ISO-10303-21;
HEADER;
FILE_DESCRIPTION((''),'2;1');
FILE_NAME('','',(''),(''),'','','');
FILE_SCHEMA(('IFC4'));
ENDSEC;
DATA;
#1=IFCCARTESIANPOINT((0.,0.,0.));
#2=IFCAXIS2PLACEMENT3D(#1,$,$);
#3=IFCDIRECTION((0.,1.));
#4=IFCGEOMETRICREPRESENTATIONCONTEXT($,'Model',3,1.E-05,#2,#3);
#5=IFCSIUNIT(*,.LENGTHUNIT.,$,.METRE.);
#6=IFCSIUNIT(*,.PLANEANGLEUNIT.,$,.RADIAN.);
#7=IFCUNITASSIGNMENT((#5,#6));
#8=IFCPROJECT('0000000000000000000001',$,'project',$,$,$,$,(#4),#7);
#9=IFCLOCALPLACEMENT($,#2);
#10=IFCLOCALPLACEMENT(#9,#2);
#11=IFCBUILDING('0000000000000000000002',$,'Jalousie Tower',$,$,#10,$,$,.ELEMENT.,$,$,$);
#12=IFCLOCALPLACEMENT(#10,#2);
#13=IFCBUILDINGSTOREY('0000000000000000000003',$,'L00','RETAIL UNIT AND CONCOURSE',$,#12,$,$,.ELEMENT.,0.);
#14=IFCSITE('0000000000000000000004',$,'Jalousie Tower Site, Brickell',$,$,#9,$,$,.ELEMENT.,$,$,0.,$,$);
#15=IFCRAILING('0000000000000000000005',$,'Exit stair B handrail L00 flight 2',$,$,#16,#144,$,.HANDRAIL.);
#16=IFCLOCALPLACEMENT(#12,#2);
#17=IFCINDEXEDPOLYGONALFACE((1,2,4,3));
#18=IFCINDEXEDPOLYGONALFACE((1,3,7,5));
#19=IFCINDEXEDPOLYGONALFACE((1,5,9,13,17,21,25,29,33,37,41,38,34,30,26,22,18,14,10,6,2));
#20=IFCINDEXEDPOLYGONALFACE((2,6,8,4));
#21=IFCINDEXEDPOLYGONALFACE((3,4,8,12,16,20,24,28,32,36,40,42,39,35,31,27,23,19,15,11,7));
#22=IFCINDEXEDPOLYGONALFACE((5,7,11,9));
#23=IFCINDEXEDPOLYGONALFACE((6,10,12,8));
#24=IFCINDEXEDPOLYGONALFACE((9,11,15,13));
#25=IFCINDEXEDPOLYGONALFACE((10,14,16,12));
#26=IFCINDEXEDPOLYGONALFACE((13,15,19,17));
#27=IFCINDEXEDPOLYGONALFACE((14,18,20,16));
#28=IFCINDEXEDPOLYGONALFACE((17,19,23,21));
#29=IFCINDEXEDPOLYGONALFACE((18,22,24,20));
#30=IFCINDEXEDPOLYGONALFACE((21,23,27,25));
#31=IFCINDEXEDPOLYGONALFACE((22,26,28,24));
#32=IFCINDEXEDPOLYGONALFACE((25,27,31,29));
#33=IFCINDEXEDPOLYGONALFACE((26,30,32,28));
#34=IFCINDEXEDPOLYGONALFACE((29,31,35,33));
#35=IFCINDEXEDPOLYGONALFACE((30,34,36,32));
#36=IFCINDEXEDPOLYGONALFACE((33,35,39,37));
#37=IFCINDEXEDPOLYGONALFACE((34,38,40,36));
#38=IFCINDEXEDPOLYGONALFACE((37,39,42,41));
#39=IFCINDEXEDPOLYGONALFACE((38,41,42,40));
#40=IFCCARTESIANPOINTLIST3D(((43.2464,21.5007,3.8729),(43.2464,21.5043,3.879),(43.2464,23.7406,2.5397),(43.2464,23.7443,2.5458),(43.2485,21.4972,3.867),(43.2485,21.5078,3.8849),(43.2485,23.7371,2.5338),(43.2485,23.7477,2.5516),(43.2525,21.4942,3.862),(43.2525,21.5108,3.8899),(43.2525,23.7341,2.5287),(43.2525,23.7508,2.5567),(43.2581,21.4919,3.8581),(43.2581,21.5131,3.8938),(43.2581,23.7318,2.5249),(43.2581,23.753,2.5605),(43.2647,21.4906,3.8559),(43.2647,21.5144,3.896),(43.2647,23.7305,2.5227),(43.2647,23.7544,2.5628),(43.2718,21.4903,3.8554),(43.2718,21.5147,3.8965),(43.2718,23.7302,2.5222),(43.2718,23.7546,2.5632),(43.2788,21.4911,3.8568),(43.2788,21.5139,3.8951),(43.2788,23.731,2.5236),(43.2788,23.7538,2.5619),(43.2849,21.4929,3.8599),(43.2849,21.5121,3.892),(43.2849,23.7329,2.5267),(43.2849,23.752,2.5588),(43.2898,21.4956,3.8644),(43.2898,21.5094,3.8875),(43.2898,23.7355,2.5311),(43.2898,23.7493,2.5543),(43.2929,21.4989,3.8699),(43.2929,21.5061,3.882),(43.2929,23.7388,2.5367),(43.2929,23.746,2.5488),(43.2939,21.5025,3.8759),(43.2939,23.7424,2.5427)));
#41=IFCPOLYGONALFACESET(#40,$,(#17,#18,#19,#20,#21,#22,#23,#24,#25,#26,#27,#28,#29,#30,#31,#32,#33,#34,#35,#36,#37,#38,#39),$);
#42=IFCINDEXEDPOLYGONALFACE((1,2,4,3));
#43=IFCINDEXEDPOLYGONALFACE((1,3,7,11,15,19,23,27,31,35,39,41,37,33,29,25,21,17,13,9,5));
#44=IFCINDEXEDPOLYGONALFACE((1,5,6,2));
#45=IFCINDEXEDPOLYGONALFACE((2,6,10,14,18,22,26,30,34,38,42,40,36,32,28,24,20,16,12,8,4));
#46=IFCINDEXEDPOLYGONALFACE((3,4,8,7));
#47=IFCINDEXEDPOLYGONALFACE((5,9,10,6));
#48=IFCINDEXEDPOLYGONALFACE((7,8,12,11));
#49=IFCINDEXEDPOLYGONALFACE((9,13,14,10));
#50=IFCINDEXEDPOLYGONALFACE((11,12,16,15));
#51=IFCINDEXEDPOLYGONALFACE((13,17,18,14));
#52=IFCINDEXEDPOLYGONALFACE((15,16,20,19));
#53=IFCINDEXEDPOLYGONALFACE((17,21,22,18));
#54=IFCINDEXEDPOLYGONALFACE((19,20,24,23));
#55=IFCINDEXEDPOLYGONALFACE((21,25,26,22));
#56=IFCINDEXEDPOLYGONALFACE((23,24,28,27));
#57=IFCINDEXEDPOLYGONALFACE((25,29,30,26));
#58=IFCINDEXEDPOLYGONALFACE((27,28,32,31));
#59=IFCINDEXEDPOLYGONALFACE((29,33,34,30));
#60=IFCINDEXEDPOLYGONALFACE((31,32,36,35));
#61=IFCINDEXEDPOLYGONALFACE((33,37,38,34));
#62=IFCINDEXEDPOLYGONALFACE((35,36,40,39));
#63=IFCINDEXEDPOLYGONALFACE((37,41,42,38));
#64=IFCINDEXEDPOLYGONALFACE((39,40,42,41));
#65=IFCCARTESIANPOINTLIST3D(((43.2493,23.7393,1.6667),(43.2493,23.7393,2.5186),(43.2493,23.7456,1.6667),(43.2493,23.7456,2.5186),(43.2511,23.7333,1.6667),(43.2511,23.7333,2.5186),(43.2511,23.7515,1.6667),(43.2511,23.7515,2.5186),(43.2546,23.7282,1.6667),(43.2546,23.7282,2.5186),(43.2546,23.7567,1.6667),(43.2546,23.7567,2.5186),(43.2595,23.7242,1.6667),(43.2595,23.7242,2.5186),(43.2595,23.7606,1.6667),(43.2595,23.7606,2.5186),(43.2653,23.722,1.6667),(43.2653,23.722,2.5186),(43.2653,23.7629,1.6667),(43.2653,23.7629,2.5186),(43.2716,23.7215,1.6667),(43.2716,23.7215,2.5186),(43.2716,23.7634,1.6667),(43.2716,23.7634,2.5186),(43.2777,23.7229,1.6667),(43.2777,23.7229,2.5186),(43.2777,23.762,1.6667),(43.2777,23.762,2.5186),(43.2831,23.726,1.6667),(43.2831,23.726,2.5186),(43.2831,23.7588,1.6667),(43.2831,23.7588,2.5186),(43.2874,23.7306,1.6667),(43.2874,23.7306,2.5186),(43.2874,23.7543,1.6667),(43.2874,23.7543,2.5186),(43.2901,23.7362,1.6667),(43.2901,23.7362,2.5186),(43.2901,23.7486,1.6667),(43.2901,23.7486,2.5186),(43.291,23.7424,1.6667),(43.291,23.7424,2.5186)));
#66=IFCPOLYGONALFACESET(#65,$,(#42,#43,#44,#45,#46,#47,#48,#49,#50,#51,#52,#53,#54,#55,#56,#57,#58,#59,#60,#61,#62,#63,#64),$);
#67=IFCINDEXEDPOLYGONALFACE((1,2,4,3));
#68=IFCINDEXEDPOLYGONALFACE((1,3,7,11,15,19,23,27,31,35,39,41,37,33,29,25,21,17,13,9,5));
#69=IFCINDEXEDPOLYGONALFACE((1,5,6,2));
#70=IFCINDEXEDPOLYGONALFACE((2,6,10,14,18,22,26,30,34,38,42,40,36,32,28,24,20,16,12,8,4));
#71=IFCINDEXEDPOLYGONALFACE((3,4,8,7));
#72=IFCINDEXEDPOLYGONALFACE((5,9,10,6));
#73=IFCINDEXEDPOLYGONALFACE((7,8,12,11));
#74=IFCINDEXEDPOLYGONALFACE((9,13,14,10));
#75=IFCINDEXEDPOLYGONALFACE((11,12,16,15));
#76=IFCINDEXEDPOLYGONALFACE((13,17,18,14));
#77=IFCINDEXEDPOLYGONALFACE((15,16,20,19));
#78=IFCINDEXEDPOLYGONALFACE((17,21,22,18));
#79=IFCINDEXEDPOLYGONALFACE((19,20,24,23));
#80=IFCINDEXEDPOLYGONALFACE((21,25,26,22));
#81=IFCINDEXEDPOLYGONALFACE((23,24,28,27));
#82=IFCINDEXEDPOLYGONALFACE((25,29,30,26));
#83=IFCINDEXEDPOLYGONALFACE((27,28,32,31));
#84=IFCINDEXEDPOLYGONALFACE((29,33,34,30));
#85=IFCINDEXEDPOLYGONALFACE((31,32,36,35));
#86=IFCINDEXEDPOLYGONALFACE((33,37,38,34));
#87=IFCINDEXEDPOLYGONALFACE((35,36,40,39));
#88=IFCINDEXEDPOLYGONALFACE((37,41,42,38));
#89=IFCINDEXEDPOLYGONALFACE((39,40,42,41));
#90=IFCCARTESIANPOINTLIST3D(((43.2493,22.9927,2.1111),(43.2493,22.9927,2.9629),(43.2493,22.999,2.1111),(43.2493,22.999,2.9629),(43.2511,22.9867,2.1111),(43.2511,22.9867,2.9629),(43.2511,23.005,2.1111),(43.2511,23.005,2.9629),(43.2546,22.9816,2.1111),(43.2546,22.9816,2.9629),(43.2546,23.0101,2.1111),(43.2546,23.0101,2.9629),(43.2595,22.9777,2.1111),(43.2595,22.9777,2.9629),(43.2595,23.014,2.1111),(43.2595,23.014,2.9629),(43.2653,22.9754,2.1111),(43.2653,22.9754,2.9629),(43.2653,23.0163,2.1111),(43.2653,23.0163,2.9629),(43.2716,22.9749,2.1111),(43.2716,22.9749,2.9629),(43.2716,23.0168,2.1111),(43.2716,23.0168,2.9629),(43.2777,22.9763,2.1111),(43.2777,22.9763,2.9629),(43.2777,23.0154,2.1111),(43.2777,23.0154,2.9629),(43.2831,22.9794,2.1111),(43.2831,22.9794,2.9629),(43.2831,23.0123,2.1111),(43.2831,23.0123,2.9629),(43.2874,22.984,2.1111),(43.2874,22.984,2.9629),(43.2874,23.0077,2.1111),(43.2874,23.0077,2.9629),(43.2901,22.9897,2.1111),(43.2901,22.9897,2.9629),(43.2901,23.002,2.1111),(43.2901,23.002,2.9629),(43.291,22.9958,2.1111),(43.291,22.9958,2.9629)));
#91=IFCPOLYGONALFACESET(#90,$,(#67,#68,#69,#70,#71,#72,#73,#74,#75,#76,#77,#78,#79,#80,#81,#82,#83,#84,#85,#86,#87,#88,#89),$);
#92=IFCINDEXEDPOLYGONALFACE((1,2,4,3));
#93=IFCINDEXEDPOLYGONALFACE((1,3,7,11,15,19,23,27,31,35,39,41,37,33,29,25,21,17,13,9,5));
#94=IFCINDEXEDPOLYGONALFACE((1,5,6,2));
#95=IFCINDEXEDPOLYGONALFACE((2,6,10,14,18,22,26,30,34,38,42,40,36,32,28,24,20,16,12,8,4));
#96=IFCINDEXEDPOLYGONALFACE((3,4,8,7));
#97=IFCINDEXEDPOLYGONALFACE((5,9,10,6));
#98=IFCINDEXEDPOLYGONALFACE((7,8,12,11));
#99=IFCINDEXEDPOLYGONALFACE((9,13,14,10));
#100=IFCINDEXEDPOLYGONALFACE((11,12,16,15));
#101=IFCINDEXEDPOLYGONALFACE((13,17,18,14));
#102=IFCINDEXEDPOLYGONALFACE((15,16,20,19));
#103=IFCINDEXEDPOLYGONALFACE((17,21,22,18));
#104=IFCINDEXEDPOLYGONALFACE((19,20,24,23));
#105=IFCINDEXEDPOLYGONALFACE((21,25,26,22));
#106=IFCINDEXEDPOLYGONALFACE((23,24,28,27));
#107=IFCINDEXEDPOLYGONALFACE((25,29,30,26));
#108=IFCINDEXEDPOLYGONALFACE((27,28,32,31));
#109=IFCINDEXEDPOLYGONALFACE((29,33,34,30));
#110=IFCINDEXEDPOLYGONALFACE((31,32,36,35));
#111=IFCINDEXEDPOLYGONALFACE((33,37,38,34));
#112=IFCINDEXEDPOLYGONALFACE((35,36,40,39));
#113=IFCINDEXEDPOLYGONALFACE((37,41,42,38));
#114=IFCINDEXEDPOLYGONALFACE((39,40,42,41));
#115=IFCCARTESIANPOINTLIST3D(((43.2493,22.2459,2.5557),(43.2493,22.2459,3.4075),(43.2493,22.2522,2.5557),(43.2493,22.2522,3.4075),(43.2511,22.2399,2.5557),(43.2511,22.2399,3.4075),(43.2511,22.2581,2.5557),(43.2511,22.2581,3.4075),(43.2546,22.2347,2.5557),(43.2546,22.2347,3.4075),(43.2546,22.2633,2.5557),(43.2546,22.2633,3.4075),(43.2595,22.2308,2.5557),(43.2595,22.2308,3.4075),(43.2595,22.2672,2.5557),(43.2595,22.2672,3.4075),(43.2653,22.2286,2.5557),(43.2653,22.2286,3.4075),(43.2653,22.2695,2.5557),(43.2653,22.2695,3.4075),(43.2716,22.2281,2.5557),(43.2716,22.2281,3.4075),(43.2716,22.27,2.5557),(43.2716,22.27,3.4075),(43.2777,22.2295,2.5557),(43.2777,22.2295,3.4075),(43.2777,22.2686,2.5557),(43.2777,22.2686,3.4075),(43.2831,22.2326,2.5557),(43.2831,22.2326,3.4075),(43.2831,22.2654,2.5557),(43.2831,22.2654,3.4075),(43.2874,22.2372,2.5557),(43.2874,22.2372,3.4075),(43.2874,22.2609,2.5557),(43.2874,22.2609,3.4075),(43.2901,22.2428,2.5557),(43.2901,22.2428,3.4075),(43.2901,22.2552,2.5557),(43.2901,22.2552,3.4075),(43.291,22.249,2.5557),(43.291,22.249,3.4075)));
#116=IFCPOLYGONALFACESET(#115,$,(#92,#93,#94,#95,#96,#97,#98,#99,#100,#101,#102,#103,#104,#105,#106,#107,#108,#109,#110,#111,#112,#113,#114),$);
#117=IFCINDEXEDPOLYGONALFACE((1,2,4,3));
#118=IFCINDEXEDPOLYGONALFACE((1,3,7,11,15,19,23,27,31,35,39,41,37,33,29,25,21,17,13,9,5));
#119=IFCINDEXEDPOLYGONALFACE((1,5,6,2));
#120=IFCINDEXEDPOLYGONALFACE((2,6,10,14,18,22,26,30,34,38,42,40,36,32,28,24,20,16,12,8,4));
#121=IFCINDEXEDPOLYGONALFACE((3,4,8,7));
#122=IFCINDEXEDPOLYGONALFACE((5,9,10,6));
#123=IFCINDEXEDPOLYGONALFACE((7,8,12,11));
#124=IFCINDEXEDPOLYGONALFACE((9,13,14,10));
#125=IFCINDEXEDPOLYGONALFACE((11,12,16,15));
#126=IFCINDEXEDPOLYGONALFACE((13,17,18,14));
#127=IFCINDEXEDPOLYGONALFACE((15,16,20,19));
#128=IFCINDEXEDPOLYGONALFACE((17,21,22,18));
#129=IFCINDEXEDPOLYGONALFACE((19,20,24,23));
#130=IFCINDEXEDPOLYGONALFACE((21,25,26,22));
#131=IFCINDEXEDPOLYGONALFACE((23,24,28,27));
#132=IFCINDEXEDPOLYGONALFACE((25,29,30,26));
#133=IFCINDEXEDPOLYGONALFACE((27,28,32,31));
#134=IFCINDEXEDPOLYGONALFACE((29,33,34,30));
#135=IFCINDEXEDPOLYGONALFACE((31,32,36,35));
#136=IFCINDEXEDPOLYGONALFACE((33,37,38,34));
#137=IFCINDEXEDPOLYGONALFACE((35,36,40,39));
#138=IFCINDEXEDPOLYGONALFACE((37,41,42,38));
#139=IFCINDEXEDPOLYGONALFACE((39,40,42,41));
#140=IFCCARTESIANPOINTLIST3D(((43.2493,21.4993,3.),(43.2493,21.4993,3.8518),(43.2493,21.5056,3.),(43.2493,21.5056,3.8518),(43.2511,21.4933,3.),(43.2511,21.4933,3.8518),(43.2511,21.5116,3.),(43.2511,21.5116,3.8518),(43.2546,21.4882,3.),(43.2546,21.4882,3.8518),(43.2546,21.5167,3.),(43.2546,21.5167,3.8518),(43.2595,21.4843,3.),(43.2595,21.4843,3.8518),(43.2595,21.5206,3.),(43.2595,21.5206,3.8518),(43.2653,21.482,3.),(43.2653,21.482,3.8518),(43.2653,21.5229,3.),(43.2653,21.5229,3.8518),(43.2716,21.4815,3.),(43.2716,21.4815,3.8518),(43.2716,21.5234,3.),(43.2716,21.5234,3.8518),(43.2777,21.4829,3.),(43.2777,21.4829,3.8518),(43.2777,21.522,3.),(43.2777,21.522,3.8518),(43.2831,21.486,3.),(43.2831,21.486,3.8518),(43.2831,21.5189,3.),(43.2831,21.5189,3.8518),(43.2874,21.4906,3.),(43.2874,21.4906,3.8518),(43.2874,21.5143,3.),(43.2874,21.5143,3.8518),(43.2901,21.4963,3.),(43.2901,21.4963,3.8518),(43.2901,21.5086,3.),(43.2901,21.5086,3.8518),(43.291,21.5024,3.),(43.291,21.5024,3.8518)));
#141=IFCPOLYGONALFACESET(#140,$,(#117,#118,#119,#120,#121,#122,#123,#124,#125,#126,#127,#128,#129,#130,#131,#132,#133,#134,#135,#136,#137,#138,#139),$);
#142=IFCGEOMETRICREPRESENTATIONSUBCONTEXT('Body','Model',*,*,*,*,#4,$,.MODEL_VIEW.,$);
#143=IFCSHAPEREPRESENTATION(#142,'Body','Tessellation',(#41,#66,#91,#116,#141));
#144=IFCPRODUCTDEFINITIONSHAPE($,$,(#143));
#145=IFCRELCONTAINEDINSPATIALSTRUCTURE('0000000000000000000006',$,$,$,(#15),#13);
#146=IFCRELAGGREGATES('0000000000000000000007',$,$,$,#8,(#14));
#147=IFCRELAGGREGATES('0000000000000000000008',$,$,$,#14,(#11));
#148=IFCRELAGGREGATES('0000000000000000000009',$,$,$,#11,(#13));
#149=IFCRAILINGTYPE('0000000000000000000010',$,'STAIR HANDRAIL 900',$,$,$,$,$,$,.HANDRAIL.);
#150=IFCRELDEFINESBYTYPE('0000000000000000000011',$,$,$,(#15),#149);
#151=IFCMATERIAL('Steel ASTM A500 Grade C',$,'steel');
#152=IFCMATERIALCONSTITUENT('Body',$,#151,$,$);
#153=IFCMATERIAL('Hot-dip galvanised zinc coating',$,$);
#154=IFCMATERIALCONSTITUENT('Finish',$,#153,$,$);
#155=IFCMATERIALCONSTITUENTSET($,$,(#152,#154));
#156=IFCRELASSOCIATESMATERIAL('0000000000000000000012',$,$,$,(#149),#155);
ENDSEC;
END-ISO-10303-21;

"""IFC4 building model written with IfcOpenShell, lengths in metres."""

from ifc_helpers import new_model, si_unit, direction, frame, origin, origin_2d, place, context, subcontext, project, spatial, circle, extrude, material, constituent, constituent_set, type_object, element, save


model = new_model("IFC4")

# Units and contexts
model_context = context("Model", 3, precision=1e-05, world=origin(), true_north=direction((0.0, 1.0)))
body_context = subcontext(model_context, "Body", "Model", "MODEL_VIEW")
ifc_project = project(units=[si_unit("LENGTHUNIT", "METRE"), si_unit("PLANEANGLEUNIT", "RADIAN")], contexts=[model_context])

# Site, building, storey
site_placement = place(None, origin())
site = spatial("IfcSite", under=ifc_project, at=site_placement, Name="Jalousie Tower Site, Brickell", CompositionType="ELEMENT", RefElevation=0.0)
building_placement = place(site_placement, origin())
building = spatial("IfcBuilding", under=site, at=building_placement, Name="Jalousie Tower", CompositionType="ELEMENT")
storey_placement = place(building_placement, origin())
storey = spatial("IfcBuildingStorey", under=building, at=storey_placement, Name="L00", Description="RETAIL UNIT AND CONCOURSE", CompositionType="ELEMENT", Elevation=0.0)

# Railing
ifc_material_1 = material(Name="Steel ASTM A500 Grade C", Category="steel")
ifc_constituent_1 = constituent(ifc_material_1, Name="Body")
ifc_material_2 = material(Name="Hot-dip galvanised zinc coating")
ifc_constituent_2 = constituent(ifc_material_2, Name="Finish")
ifc_constituent_set_1 = constituent_set(constituents=[ifc_constituent_1, ifc_constituent_2])
railing_type_1 = type_object("IfcRailingType", Name="STAIR HANDRAIL 900", PredefinedType="HANDRAIL", material=ifc_constituent_set_1)
railing_1_placement = place(storey_placement, frame((43.27, 23.7424, 1.6667)))
element("IfcRailing", 1, at=railing_1_placement, inside=storey, type_object=railing_type_1, Name="Exit stair B handrail L00 flight 2", PredefinedType="HANDRAIL", context=body_context, shape_type="SweptSolid", body=[
    extrude(circle(Radius=0.0239, at=origin_2d()), frame((0.0, 0.0, 0.876), z_axis=(0.0, -0.859306, 0.511462), x_axis=(1.0, 0.0, 0.0)), (0.0, 0.0, 1.0), 2.6067),
    extrude(circle(Radius=0.021, at=origin_2d()), origin(), (0.0, 0.0, 1.0), 0.8518),
    extrude(circle(Radius=0.021, at=origin_2d()), frame((0.0, -0.7466, 0.4443)), (0.0, 0.0, 1.0), 0.8518),
    extrude(circle(Radius=0.021, at=origin_2d()), frame((0.0, -1.4934, 0.8889)), (0.0, 0.0, 1.0), 0.8518),
    extrude(circle(Radius=0.021, at=origin_2d()), frame((0.0, -2.24, 1.3333)), (0.0, 0.0, 1.0), 0.8518),
])

save(model, "model.ifc")
